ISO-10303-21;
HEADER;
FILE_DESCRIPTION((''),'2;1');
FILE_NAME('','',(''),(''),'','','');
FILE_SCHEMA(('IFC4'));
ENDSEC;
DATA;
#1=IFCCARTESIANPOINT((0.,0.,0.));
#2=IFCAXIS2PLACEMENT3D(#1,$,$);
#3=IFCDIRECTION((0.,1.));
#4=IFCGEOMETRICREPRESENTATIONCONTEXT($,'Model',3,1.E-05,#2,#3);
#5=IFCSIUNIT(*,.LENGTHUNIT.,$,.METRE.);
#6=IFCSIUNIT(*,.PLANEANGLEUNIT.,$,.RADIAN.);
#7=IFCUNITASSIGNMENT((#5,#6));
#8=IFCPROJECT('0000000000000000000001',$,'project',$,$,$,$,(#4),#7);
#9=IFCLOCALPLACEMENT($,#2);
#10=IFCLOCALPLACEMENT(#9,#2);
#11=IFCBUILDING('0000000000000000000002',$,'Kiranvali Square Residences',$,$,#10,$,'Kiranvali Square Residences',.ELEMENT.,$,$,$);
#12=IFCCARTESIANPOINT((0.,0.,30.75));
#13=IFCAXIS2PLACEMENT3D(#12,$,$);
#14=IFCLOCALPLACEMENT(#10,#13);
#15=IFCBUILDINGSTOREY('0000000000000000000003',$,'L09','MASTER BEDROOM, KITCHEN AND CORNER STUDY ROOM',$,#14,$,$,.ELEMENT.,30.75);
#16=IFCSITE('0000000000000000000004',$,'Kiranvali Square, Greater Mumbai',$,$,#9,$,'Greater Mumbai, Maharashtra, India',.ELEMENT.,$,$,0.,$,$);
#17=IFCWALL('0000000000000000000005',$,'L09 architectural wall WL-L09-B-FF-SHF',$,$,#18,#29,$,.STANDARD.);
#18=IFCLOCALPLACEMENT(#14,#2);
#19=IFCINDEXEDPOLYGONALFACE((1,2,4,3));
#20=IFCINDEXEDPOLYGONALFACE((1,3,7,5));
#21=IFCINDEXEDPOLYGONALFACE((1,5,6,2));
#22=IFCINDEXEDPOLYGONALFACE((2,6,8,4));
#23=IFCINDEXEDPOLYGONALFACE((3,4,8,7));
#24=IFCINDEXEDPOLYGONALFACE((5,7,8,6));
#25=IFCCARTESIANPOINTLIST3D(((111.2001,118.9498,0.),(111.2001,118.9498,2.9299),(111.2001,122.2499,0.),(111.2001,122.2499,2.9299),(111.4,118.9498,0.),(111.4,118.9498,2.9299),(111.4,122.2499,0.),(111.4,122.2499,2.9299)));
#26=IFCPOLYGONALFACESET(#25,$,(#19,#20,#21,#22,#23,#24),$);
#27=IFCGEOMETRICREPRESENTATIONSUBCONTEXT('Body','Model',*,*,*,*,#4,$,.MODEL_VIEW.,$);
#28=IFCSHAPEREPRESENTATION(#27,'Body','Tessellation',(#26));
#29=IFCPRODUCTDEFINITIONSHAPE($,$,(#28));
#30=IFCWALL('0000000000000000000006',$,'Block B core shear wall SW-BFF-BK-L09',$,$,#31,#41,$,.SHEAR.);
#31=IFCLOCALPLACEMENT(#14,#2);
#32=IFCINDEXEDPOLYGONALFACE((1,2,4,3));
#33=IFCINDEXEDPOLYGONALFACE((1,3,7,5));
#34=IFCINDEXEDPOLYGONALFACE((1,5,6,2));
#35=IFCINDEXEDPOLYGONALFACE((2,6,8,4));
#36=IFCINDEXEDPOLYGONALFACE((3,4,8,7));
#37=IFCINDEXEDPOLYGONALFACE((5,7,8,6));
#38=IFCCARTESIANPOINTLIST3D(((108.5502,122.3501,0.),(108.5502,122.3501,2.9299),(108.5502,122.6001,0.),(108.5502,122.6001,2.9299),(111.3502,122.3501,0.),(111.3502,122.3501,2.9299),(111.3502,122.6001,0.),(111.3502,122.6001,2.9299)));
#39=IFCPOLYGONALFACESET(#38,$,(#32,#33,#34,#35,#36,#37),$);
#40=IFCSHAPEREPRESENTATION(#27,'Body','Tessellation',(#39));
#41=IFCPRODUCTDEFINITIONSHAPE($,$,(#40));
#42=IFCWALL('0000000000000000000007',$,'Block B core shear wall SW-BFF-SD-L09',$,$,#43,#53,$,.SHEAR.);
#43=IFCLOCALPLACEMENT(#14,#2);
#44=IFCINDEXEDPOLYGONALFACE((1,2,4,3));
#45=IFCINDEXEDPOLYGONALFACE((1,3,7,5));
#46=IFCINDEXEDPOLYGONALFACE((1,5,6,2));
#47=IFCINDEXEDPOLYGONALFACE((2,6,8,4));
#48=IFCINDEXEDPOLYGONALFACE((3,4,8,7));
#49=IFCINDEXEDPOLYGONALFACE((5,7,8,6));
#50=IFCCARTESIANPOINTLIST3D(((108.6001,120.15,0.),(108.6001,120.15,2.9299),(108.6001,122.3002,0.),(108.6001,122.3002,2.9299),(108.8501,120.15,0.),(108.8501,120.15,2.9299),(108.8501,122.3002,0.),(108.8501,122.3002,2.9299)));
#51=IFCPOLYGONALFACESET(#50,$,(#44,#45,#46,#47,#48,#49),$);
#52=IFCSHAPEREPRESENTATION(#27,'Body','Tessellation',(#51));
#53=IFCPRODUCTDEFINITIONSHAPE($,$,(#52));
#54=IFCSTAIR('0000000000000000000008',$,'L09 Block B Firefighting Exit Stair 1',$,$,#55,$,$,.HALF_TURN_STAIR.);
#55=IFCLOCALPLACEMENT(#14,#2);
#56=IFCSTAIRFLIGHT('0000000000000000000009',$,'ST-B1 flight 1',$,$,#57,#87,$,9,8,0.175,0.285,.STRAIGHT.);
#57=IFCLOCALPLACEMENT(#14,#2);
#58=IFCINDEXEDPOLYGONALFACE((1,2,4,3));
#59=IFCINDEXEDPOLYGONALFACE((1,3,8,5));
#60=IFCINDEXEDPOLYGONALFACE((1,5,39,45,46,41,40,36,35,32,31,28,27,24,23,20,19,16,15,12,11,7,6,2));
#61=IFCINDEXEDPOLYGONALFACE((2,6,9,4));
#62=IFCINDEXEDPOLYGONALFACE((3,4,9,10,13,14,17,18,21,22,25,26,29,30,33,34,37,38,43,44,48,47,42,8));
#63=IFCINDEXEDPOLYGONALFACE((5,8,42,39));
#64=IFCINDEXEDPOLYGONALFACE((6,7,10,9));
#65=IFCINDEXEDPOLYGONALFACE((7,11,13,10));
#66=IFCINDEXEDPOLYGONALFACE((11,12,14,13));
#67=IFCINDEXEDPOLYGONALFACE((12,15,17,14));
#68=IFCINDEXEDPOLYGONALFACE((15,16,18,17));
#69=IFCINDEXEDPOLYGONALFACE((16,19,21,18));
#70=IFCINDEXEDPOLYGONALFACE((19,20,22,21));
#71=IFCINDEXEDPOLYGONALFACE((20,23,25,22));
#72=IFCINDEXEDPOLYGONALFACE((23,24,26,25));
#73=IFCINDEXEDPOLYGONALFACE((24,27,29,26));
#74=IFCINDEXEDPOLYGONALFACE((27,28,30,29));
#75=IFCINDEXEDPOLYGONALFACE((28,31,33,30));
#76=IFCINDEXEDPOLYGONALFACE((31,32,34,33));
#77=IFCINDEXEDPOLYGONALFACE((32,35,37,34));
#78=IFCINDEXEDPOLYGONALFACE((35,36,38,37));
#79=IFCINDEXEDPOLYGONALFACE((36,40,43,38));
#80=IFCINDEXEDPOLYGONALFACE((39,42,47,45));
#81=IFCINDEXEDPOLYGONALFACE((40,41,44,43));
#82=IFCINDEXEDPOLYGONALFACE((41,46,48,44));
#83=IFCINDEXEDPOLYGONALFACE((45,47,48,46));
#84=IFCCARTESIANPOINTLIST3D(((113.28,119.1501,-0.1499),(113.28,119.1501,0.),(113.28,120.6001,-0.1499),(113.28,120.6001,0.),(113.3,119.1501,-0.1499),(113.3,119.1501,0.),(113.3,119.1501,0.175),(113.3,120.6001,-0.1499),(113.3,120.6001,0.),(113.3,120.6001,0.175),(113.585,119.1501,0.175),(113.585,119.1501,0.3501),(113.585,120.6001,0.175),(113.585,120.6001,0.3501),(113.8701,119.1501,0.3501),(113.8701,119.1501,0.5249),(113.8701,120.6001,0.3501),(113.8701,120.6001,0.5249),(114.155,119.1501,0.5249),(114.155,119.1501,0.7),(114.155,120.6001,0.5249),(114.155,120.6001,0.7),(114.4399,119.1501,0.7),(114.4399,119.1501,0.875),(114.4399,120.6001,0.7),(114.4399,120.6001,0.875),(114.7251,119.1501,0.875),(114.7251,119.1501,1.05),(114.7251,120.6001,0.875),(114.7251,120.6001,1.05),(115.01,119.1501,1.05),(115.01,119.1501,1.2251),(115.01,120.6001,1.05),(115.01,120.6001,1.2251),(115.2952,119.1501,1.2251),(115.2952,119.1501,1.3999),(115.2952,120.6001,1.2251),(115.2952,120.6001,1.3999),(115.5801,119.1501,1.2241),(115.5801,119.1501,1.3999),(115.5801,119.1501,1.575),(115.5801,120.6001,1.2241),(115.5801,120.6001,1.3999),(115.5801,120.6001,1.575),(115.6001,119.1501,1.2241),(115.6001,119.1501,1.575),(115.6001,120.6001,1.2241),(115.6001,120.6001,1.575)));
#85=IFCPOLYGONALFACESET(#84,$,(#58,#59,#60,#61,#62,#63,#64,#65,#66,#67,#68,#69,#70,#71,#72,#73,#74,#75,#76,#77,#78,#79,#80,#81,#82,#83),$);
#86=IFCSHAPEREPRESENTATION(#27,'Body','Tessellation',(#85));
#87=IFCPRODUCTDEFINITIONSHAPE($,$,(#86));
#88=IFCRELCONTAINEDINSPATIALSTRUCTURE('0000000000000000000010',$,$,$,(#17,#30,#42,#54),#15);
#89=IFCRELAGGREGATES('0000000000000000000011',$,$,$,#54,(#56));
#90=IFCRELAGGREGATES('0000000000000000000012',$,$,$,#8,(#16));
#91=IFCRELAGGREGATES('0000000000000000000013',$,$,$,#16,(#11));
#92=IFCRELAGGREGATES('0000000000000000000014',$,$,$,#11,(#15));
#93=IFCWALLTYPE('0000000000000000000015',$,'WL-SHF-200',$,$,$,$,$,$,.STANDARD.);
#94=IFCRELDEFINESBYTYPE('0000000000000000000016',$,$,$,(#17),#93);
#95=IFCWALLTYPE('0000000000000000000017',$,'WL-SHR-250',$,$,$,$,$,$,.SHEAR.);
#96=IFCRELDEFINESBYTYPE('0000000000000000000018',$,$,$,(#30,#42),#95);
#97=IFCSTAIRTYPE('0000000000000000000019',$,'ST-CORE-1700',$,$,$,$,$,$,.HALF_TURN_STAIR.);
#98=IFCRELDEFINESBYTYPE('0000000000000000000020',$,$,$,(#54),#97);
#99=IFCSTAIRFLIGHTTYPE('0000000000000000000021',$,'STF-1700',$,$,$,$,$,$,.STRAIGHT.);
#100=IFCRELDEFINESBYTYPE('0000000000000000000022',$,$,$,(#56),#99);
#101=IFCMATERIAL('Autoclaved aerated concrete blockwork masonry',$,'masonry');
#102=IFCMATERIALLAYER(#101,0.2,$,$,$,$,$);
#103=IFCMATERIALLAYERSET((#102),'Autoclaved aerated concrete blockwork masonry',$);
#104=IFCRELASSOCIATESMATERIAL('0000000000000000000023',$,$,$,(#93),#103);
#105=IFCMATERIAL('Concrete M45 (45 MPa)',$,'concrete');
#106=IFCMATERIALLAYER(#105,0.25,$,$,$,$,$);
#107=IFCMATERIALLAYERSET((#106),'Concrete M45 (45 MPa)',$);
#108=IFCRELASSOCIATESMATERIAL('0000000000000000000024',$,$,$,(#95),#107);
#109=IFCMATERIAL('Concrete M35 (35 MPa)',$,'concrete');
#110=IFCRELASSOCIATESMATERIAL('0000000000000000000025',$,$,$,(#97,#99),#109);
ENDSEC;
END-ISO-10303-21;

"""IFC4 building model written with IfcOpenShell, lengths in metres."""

from ifc_helpers import new_model, si_unit, direction, frame, frame_2d, origin, place, context, subcontext, project, spatial, polyline, rectangle, outline, extrude, material, layer, layer_set, type_object, element, aggregate, save


model = new_model("IFC4")

# Units and contexts
model_context = context("Model", 3, precision=1e-05, world=origin(), true_north=direction((0.0, 1.0)))
body_context = subcontext(model_context, "Body", "Model", "MODEL_VIEW")
ifc_project = project(units=[si_unit("LENGTHUNIT", "METRE"), si_unit("PLANEANGLEUNIT", "RADIAN")], contexts=[model_context])

# Site, building, storey
site_placement = place(None, origin())
site = spatial("IfcSite", under=ifc_project, at=site_placement, Name="Kiranvali Square, Greater Mumbai", LongName="Greater Mumbai, Maharashtra, India", CompositionType="ELEMENT", RefElevation=0.0)
building_placement = place(site_placement, origin())
building = spatial("IfcBuilding", under=site, at=building_placement, Name="Kiranvali Square Residences", LongName="Kiranvali Square Residences", CompositionType="ELEMENT")
storey_placement = place(building_placement, frame((0.0, 0.0, 30.75)))
storey = spatial("IfcBuildingStorey", under=building, at=storey_placement, Name="L09", Description="MASTER BEDROOM, KITCHEN AND CORNER STUDY ROOM", CompositionType="ELEMENT", Elevation=30.75)

# Shared definitions
ifc_material_1 = material(Name="Concrete M45 (45 MPa)", Category="concrete")

# Shared definitions
ifc_material_2 = material(Name="Autoclaved aerated concrete blockwork masonry", Category="masonry")

# Walls
ifc_layer_1 = layer(ifc_material_2, 0.2)
ifc_layer_set_1 = layer_set([ifc_layer_1], Name="Autoclaved aerated concrete blockwork masonry")
wall_type_1 = type_object("IfcWallType", Name="WL-SHF-200", PredefinedType="STANDARD", material=ifc_layer_set_1)
wall_1_placement = place(storey_placement, frame((111.3, 118.95, 0.0), z_axis=(0.0, 0.0, 1.0), x_axis=(0.0, 1.0, 0.0)))
element("IfcWall", 1, at=wall_1_placement, inside=storey, type_object=wall_type_1, Name="L09 architectural wall WL-L09-B-FF-SHF", PredefinedType="STANDARD", context=body_context, shape_type="SweptSolid", body=[
    extrude(rectangle(XDim=3.3, YDim=0.2, at=frame_2d((1.6499, 0.0))), origin(), (0.0, 0.0, 1.0), 2.9299),
])
ifc_layer_2 = layer(ifc_material_1, 0.25)
ifc_layer_set_2 = layer_set([ifc_layer_2], Name="Concrete M45 (45 MPa)")
wall_type_2 = type_object("IfcWallType", Name="WL-SHR-250", PredefinedType="SHEAR", material=ifc_layer_set_2)
wall_2_placement = place(storey_placement, frame((111.3501, 122.4751, 0.0), z_axis=(0.0, 0.0, 1.0), x_axis=(-1.0, 0.0, 0.0)))
element("IfcWall", 2, at=wall_2_placement, inside=storey, type_object=wall_type_2, Name="Block B core shear wall SW-BFF-BK-L09", PredefinedType="SHEAR", context=body_context, shape_type="SweptSolid", body=[
    extrude(rectangle(XDim=2.8, YDim=0.25, at=frame_2d((1.3999, 0.0))), origin(), (0.0, 0.0, 1.0), 2.9299),
])
wall_3_placement = place(storey_placement, frame((108.7251, 120.1499, 0.0), z_axis=(0.0, 0.0, 1.0), x_axis=(0.0, 1.0, 0.0)))
element("IfcWall", 3, at=wall_3_placement, inside=storey, type_object=wall_type_2, Name="Block B core shear wall SW-BFF-SD-L09", PredefinedType="SHEAR", context=body_context, shape_type="SweptSolid", body=[
    extrude(rectangle(XDim=2.1501, YDim=0.25, at=frame_2d((1.0752, 0.0))), origin(), (0.0, 0.0, 1.0), 2.9299),
])

# Stair, stair flight
ifc_material_3 = material(Name="Concrete M35 (35 MPa)", Category="concrete")
stair_type = type_object("IfcStairType", Name="ST-CORE-1700", PredefinedType="HALF_TURN_STAIR", material=ifc_material_3)
stair_placement = place(storey_placement, origin())
stair = element("IfcStair", 4, at=stair_placement, inside=storey, type_object=stair_type, Name="L09 Block B Firefighting Exit Stair 1", PredefinedType="HALF_TURN_STAIR")
stair_flight_type = type_object("IfcStairFlightType", Name="STF-1700", PredefinedType="STRAIGHT", material=ifc_material_3)
stair_flight_placement = place(storey_placement, frame((113.3, 119.875, 0.0), z_axis=(0.0, 0.0, 1.0), x_axis=(1.0, 0.0, 0.0)))
stair_flight = element("IfcStairFlight", 5, at=stair_flight_placement, type_object=stair_flight_type, Name="ST-B1 flight 1", NumberOfRisers=9, NumberOfTreads=8, PredefinedType="STRAIGHT", RiserHeight=0.175, TreadLength=0.285, context=body_context, shape_type="SweptSolid", body=[
    extrude(outline(polyline([(-0.02, -0.1499), (-0.02, 0.0), (0.0, 0.0), (0.0, 0.175), (0.2849, 0.175), (0.2849, 0.3501), (0.5701, 0.3501), (0.5701, 0.5249), (0.855, 0.5249), (0.855, 0.7), (1.1399, 0.7), (1.1399, 0.875), (1.425, 0.875), (1.425, 1.05), (1.71, 1.05), (1.71, 1.2251), (1.9951, 1.2251), (1.9951, 1.3999), (2.28, 1.3999), (2.28, 1.575), (2.3, 1.575), (2.3, 1.2241), (2.28, 1.2241), (0.0, -0.1499), (-0.02, -0.1499)])), frame((0.0, 0.7251, 0.0), z_axis=(0.0, -1.0, 0.0), x_axis=(1.0, 0.0, 0.0)), (0.0, 0.0, 1.0), 1.45),
])
aggregate(stair, [stair_flight])

save(model, "model.ifc")
